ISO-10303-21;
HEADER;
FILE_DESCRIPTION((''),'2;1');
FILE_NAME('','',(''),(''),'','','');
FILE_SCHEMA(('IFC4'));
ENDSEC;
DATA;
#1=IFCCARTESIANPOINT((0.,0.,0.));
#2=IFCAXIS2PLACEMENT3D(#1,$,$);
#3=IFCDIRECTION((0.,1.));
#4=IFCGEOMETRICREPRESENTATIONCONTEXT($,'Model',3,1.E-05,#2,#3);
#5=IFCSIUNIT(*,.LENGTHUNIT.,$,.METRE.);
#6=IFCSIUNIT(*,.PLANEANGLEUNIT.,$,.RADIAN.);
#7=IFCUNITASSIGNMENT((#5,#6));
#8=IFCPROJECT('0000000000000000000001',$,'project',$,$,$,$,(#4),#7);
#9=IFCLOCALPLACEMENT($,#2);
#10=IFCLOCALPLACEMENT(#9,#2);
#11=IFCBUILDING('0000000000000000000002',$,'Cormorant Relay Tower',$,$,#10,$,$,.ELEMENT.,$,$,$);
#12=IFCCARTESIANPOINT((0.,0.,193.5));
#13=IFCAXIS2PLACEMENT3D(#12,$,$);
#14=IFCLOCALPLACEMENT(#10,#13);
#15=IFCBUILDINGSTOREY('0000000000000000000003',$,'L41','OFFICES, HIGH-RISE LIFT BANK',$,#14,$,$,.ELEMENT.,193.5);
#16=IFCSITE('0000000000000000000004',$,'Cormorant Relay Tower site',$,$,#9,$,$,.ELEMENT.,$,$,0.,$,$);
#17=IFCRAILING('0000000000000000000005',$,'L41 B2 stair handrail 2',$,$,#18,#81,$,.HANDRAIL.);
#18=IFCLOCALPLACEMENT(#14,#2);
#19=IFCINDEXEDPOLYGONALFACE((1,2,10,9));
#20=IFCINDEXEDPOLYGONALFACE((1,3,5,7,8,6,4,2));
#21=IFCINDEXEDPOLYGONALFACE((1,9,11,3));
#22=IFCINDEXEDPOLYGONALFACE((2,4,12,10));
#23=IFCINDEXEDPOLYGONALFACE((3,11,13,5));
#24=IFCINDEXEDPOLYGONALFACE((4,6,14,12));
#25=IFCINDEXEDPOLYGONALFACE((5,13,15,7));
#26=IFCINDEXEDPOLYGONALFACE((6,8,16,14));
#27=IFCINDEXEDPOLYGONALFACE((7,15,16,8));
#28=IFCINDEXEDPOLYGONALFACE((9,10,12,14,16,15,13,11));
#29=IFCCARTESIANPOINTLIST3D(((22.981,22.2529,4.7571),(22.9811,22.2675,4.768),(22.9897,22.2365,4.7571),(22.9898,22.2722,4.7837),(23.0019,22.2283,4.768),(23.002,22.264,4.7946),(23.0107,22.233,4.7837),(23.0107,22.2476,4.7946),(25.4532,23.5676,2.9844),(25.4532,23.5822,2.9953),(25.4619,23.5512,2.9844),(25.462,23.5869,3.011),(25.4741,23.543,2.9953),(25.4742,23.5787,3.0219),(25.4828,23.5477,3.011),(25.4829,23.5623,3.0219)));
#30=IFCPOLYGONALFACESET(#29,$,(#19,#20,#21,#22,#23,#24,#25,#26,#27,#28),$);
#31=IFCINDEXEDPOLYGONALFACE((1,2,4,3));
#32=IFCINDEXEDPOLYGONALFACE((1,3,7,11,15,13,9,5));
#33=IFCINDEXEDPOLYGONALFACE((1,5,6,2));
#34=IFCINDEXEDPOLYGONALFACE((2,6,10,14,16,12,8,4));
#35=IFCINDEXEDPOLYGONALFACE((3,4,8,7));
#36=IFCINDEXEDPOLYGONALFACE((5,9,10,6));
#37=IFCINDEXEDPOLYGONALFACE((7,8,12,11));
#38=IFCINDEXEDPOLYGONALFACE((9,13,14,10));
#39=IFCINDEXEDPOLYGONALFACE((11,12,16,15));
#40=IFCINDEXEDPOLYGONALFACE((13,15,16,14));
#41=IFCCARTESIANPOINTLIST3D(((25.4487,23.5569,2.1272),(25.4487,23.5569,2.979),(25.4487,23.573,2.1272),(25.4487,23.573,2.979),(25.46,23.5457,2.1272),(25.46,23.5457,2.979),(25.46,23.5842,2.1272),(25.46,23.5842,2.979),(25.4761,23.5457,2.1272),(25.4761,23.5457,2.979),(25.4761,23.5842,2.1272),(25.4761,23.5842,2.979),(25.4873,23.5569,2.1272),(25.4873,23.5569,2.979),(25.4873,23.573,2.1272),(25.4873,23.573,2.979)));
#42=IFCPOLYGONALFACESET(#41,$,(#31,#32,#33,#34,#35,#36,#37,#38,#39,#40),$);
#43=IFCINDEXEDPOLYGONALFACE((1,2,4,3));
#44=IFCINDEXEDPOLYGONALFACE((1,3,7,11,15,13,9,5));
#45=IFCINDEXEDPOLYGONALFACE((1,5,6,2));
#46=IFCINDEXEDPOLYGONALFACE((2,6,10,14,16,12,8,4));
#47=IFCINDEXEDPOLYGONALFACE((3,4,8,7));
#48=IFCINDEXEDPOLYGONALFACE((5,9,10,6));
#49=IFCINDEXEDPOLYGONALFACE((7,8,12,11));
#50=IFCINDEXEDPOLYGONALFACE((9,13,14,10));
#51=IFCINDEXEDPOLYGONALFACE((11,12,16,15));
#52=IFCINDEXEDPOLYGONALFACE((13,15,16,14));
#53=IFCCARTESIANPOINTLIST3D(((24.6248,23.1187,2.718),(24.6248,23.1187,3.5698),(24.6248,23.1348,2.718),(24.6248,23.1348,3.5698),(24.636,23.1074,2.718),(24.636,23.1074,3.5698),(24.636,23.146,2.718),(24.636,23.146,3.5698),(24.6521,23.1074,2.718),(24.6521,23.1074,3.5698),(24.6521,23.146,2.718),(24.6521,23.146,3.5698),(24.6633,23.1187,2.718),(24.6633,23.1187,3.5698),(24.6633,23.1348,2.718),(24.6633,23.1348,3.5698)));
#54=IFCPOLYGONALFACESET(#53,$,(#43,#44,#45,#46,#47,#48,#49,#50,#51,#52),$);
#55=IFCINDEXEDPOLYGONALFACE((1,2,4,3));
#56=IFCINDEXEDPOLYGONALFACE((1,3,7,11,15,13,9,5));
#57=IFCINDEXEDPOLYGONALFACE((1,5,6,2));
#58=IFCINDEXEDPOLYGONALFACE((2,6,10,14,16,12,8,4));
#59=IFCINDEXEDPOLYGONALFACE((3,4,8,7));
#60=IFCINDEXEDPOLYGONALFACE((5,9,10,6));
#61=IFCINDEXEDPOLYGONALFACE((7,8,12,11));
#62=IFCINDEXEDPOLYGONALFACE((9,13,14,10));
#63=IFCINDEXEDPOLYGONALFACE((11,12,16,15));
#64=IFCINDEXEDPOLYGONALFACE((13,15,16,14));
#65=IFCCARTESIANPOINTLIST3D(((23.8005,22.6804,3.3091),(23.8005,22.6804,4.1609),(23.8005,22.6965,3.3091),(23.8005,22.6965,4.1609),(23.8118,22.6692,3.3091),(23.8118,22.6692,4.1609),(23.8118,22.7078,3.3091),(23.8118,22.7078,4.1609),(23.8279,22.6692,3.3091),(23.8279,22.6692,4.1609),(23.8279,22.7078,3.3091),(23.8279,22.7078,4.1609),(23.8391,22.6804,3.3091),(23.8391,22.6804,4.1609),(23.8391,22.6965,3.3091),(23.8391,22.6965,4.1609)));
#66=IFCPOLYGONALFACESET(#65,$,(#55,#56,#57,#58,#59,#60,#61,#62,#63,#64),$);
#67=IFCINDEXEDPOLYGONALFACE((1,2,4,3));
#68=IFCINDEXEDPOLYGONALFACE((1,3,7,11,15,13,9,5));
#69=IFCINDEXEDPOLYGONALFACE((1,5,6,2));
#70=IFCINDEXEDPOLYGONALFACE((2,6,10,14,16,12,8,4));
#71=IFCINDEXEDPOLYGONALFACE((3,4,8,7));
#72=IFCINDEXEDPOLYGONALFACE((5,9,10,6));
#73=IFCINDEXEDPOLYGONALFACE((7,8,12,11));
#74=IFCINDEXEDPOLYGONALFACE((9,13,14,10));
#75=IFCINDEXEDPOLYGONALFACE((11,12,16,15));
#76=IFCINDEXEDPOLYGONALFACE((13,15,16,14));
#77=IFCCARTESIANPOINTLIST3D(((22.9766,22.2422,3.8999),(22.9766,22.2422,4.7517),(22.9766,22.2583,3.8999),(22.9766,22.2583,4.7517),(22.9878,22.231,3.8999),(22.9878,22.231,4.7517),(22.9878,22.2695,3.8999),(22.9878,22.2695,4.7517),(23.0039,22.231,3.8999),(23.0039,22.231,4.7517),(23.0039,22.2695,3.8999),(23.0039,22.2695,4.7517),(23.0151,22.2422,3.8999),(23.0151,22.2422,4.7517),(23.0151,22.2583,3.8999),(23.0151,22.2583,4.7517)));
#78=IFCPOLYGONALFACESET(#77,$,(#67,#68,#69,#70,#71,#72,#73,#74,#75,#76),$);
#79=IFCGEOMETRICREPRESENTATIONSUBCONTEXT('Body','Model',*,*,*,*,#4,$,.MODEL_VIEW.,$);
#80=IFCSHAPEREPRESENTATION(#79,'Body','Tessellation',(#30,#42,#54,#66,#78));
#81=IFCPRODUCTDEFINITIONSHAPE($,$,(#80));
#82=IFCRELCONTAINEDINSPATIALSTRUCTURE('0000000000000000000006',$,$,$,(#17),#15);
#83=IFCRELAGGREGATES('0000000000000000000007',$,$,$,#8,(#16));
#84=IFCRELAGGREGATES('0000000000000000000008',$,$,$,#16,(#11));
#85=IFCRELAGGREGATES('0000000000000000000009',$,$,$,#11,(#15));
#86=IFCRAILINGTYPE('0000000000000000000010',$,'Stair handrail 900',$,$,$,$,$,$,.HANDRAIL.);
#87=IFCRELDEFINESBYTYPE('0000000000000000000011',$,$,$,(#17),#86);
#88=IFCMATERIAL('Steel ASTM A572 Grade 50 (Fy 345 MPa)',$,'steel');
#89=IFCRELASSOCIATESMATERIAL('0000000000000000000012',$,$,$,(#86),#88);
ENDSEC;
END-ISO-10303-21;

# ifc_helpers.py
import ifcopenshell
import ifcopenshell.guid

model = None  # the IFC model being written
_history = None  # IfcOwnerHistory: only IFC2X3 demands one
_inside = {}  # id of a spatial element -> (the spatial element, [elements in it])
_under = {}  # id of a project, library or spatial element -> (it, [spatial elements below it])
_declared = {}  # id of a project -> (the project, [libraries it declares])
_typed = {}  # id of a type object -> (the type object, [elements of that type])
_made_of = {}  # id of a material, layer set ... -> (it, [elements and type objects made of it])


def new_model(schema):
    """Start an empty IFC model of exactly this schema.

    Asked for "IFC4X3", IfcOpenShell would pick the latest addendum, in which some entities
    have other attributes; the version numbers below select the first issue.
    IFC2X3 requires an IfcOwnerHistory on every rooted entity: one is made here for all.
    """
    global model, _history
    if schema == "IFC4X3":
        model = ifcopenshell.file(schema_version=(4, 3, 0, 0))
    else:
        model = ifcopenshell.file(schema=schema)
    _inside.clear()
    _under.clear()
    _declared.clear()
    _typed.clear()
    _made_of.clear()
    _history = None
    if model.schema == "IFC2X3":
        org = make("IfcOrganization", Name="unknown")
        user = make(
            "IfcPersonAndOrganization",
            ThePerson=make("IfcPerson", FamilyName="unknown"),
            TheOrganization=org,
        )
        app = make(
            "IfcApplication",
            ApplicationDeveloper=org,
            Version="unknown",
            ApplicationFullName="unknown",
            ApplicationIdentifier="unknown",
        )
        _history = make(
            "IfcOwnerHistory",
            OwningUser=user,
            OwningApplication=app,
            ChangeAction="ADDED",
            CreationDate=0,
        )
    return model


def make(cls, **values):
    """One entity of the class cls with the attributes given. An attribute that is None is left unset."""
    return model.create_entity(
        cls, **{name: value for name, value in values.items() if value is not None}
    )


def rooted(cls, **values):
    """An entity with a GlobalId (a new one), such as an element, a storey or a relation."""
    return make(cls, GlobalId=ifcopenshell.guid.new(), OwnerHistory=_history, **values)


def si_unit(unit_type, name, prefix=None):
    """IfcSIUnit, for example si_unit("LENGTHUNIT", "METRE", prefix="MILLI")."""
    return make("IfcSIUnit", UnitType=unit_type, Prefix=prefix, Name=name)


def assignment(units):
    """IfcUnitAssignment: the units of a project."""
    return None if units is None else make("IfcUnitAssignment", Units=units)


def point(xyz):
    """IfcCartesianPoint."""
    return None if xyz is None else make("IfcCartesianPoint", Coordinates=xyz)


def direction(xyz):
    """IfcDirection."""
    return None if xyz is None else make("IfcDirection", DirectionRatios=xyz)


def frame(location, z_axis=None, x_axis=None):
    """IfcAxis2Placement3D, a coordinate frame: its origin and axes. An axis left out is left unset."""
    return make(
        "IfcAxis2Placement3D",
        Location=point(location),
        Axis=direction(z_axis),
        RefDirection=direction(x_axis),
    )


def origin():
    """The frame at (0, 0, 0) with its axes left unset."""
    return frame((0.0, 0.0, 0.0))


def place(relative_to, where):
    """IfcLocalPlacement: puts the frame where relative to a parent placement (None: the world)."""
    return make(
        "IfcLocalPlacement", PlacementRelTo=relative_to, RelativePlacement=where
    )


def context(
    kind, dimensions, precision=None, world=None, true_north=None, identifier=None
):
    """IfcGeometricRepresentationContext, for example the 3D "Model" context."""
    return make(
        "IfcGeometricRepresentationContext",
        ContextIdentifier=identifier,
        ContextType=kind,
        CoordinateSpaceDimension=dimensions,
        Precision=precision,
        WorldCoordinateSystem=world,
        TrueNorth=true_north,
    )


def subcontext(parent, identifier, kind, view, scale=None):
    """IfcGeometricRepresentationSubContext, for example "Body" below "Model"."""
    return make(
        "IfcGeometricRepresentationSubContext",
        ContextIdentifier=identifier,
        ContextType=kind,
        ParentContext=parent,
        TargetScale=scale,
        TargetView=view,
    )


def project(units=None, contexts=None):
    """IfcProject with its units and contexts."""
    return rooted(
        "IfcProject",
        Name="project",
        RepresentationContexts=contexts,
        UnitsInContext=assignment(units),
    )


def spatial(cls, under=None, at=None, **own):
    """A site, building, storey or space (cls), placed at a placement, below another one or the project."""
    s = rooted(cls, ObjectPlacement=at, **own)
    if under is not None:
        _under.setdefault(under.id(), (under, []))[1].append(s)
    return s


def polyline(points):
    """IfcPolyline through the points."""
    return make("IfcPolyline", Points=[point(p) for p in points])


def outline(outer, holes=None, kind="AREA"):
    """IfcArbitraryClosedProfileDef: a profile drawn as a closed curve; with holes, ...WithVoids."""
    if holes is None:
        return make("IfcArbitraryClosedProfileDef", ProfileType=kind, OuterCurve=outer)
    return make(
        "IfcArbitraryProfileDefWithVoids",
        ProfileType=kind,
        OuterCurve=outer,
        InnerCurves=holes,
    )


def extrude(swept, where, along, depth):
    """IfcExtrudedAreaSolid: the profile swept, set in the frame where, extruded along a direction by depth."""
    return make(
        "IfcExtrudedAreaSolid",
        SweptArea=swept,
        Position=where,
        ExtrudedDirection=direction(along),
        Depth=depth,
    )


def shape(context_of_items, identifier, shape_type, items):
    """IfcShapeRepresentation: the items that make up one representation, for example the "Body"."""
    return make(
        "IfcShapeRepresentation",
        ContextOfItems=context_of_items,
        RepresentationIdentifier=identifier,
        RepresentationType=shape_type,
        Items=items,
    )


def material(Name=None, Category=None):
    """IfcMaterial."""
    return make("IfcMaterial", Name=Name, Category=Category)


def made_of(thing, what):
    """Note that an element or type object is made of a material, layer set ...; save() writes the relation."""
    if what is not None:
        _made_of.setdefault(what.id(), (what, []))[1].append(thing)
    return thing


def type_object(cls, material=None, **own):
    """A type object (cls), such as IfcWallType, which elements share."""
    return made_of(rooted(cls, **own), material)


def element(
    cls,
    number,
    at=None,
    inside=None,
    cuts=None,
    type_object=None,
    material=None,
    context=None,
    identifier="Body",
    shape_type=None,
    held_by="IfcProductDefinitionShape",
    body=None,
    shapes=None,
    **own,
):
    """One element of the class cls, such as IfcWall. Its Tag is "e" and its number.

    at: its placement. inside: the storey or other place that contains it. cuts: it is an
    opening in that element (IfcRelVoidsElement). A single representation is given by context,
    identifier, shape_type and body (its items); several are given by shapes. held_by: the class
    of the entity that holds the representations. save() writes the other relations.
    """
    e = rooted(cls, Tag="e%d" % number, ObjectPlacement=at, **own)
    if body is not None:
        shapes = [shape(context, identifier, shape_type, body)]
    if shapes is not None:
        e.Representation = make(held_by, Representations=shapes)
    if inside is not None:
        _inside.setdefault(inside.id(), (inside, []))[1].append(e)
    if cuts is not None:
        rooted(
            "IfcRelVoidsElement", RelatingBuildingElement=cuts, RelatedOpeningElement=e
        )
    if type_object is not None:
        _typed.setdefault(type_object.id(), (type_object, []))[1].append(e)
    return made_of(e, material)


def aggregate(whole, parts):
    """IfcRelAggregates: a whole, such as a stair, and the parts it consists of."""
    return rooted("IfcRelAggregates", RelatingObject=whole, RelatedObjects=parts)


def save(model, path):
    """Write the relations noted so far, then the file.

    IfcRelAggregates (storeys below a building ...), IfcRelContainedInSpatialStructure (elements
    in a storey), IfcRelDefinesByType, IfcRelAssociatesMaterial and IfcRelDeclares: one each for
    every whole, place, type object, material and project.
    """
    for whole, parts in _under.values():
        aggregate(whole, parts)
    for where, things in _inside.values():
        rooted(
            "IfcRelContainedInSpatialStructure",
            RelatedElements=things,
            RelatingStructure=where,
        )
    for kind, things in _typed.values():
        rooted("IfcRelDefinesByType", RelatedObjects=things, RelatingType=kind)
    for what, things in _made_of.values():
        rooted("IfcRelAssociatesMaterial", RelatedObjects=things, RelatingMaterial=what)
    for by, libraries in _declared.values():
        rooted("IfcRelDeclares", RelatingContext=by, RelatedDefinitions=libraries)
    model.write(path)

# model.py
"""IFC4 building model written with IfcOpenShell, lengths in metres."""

from ifc_helpers import new_model, si_unit, direction, frame, origin, place, context, subcontext, project, spatial, polyline, outline, extrude, material, type_object, element, save


model = new_model("IFC4")

# Units and contexts
model_context = context("Model", 3, precision=1e-05, world=origin(), true_north=direction((0.0, 1.0)))
body_context = subcontext(model_context, "Body", "Model", "MODEL_VIEW")
ifc_project = project(units=[si_unit("LENGTHUNIT", "METRE"), si_unit("PLANEANGLEUNIT", "RADIAN")], contexts=[model_context])

# Site, building, storey
site_placement = place(None, origin())
site = spatial("IfcSite", under=ifc_project, at=site_placement, Name="Cormorant Relay Tower site", CompositionType="ELEMENT", RefElevation=0.0)
building_placement = place(site_placement, origin())
building = spatial("IfcBuilding", under=site, at=building_placement, Name="Cormorant Relay Tower", CompositionType="ELEMENT")
storey_placement = place(building_placement, frame((0.0, 0.0, 193.5)))
storey = spatial("IfcBuildingStorey", under=building, at=storey_placement, Name="L41", Description="OFFICES, HIGH-RISE LIFT BANK", CompositionType="ELEMENT", Elevation=193.5)

# Railing
ifc_material_1 = material(Name="Steel ASTM A572 Grade 50 (Fy 345 MPa)", Category="steel")
railing_type = type_object("IfcRailingType", Name="Stair handrail 900", PredefinedType="HANDRAIL", material=ifc_material_1)
railing_placement = place(storey_placement, frame((25.468, 23.5649, 2.1272)))
element("IfcRailing", 1, at=railing_placement, inside=storey, type_object=railing_type, Name="L41 B2 stair handrail 2", PredefinedType="HANDRAIL", context=body_context, shape_type="SweptSolid", body=[
    extrude(outline(polyline([(0.0222, 0.0093), (0.0093, 0.0222), (-0.0093, 0.0222), (-0.0222, 0.0093), (-0.0222, -0.0093), (-0.0093, -0.0222), (0.0093, -0.0222), (0.0222, -0.0093), (0.0222, 0.0093)])), frame((0.0, 0.0, 0.876), z_axis=(-0.745979, -0.396711, 0.534916), x_axis=(0.469533, -0.882915, 0.0)), (0.0, 0.0, 1.0), 3.314),
    extrude(outline(polyline([(0.0193, 0.0081), (0.0081, 0.0193), (-0.0081, 0.0193), (-0.0193, 0.0081), (-0.0193, -0.0081), (-0.0081, -0.0193), (0.0081, -0.0193), (0.0193, -0.0081), (0.0193, 0.0081)])), origin(), (0.0, 0.0, 1.0), 0.8518),
    extrude(outline(polyline([(0.0193, 0.0081), (0.0081, 0.0193), (-0.0081, 0.0193), (-0.0193, 0.0081), (-0.0193, -0.0081), (-0.0081, -0.0193), (0.0081, -0.0193), (0.0193, -0.0081), (0.0193, 0.0081)])), frame((-0.824, -0.4382, 0.5908)), (0.0, 0.0, 1.0), 0.8518),
    extrude(outline(polyline([(0.0193, 0.0081), (0.0081, 0.0193), (-0.0081, 0.0193), (-0.0193, 0.0081), (-0.0193, -0.0081), (-0.0081, -0.0193), (0.0081, -0.0193), (0.0193, -0.0081), (0.0193, 0.0081)])), frame((-1.6482, -0.8765, 1.1819)), (0.0, 0.0, 1.0), 0.8518),
    extrude(outline(polyline([(0.0193, 0.0081), (0.0081, 0.0193), (-0.0081, 0.0193), (-0.0193, 0.0081), (-0.0193, -0.0081), (-0.0081, -0.0193), (0.0081, -0.0193), (0.0193, -0.0081), (0.0193, 0.0081)])), frame((-2.4722, -1.3147, 1.7727)), (0.0, 0.0, 1.0), 0.8518),
])

save(model, "model.ifc")
